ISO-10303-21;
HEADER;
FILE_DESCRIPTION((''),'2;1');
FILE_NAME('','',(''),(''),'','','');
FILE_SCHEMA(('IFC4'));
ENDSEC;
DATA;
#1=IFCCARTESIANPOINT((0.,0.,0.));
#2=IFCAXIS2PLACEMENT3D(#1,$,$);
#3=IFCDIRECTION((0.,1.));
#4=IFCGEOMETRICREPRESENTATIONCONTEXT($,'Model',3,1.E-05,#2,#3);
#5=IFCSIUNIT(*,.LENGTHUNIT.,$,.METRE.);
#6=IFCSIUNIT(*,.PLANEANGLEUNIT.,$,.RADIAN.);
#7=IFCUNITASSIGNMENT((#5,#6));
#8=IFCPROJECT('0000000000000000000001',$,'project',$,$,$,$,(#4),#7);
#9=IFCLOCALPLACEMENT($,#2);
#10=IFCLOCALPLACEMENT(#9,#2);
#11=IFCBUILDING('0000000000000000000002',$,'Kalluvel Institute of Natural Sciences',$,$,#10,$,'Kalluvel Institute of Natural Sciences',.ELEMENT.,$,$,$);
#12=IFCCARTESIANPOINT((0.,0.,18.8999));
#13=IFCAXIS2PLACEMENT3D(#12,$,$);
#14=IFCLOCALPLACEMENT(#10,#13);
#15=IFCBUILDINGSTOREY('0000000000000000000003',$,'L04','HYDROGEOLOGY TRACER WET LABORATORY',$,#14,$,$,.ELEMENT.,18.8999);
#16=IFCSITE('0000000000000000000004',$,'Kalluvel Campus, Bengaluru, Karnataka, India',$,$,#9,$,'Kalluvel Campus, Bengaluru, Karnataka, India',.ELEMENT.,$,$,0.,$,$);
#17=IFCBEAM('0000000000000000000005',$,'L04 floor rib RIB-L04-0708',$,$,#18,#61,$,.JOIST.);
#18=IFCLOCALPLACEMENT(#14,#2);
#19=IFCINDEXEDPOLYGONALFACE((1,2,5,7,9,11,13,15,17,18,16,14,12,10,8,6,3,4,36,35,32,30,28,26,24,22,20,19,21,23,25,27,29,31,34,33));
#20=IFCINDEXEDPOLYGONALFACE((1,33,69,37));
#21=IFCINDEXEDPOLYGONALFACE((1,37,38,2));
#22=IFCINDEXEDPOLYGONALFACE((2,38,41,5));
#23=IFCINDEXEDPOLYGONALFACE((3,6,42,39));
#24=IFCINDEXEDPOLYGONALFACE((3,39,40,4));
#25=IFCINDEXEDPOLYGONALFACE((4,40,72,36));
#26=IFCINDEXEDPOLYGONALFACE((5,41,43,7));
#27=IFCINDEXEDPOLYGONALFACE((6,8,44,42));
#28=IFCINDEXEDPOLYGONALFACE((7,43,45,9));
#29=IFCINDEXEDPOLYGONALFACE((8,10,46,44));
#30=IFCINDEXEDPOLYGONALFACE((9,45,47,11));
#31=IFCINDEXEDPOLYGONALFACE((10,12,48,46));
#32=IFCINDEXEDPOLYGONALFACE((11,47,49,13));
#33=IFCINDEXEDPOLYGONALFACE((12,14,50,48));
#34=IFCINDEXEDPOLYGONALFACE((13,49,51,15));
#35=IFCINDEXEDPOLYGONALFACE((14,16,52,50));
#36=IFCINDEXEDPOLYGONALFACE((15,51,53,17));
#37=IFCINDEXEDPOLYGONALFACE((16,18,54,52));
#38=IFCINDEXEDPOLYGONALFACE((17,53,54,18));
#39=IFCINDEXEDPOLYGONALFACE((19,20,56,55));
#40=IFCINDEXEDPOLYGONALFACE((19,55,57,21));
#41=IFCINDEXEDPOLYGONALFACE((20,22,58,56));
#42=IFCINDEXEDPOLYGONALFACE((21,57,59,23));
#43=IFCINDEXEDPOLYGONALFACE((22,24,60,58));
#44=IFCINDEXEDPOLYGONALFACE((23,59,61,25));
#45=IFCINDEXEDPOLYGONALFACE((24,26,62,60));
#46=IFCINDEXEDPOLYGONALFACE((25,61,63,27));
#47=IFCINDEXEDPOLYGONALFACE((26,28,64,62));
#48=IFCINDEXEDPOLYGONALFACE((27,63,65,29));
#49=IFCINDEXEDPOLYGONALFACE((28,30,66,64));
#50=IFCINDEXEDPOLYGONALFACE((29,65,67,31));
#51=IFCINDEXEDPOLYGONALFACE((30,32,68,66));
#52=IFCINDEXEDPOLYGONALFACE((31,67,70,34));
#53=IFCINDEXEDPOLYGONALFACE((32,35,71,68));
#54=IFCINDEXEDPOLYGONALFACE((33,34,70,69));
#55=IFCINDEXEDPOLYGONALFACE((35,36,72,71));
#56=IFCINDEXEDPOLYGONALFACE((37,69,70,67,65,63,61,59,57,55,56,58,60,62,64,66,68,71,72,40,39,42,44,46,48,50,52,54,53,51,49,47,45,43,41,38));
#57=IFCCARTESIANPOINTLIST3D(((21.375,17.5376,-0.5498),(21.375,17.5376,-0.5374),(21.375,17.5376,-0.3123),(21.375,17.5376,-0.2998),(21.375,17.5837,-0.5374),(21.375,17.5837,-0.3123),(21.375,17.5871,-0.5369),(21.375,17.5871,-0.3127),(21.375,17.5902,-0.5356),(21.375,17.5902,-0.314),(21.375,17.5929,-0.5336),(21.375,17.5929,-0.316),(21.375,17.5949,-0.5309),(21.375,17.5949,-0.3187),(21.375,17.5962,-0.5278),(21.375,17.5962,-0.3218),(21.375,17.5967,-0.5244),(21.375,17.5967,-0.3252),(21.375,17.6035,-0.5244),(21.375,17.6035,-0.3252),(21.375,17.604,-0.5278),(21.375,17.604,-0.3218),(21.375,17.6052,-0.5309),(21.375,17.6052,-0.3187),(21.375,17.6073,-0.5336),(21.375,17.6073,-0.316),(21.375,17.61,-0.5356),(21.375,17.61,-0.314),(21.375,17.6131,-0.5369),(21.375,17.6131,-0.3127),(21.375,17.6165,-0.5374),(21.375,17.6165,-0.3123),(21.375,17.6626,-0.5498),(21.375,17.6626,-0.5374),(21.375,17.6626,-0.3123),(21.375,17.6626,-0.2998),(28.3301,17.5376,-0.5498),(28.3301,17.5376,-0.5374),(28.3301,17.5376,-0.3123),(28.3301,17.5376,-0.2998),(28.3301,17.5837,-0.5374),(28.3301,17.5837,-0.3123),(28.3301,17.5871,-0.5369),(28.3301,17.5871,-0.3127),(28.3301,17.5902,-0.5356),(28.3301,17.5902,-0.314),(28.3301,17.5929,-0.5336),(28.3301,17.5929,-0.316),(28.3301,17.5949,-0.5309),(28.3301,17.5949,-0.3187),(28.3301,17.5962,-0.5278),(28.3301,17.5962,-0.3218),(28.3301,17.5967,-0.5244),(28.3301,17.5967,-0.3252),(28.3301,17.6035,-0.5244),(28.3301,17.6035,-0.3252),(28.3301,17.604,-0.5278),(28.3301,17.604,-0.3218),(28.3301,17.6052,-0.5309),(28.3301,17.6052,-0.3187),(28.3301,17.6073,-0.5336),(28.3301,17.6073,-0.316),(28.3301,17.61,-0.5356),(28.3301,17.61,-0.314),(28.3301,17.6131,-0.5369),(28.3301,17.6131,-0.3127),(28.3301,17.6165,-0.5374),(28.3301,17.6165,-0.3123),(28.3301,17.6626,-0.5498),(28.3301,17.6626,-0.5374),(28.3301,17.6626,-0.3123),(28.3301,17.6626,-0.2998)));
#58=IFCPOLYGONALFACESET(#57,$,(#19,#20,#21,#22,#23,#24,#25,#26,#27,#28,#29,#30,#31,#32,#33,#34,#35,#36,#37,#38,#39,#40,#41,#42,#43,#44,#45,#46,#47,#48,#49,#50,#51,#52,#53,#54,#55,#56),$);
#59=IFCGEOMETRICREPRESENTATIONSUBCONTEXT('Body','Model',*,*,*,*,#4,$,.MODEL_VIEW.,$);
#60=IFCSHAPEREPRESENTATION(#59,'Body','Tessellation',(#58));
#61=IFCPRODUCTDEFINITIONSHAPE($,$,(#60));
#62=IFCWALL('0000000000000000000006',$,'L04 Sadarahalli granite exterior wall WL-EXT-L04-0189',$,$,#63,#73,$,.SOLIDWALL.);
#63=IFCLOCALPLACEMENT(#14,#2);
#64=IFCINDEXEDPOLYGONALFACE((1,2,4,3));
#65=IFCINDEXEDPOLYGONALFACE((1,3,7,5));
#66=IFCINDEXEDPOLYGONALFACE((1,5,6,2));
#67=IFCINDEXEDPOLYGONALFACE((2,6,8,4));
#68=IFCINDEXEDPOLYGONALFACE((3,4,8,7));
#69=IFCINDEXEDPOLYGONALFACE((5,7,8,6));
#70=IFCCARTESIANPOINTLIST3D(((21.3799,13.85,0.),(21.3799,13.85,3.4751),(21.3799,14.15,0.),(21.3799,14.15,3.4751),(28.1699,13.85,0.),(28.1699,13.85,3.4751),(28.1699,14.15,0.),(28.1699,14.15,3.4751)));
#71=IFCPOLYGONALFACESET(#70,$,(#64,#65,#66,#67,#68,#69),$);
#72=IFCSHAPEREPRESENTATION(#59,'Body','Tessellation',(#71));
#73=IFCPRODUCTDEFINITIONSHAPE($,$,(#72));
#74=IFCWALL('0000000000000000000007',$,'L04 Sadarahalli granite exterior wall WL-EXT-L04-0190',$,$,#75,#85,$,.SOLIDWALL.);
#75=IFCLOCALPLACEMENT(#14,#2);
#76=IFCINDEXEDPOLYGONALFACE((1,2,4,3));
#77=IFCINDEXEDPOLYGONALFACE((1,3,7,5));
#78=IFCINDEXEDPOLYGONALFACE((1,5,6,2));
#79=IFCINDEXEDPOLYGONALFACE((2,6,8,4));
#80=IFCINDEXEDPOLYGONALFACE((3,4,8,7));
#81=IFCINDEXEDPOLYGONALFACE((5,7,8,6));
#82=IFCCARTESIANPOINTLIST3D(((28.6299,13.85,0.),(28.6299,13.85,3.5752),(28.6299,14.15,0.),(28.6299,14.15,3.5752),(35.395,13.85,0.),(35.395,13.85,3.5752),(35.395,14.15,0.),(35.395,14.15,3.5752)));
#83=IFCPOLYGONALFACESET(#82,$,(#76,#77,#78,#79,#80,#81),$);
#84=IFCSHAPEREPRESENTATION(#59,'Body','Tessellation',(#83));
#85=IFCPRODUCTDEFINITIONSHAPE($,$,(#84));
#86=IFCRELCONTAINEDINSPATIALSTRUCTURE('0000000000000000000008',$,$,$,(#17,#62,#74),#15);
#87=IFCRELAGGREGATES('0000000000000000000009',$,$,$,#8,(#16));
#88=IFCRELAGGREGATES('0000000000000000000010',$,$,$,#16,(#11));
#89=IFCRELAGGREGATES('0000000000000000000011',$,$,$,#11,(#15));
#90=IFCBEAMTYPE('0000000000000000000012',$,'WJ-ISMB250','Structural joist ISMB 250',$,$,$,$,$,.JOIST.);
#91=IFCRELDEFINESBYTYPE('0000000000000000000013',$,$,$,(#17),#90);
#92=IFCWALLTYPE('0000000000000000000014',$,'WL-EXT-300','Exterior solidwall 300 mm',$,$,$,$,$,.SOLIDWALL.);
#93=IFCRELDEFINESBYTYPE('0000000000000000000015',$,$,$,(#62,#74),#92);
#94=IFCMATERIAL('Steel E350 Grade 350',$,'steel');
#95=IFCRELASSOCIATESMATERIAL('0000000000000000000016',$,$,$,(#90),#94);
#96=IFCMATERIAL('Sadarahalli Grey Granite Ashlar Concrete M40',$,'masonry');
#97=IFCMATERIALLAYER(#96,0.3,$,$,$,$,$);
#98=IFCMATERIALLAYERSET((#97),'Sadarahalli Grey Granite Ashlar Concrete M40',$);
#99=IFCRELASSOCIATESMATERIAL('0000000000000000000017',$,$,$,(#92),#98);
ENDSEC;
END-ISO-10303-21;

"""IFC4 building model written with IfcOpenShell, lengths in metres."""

from ifc_helpers import new_model, si_unit, direction, frame, frame_2d, origin, origin_2d, place, context, subcontext, project, spatial, rectangle, i_section, extrude, material, layer, layer_set, material_profile, profile_set, type_object, element, save


model = new_model("IFC4")

# Units and contexts
model_context = context("Model", 3, precision=1e-05, world=origin(), true_north=direction((0.0, 1.0)))
body_context = subcontext(model_context, "Body", "Model", "MODEL_VIEW")
ifc_project = project(units=[si_unit("LENGTHUNIT", "METRE"), si_unit("PLANEANGLEUNIT", "RADIAN")], contexts=[model_context])

# Site, building, storey
site_placement = place(None, origin())
site = spatial("IfcSite", under=ifc_project, at=site_placement, Name="Kalluvel Campus, Bengaluru, Karnataka, India", LongName="Kalluvel Campus, Bengaluru, Karnataka, India", CompositionType="ELEMENT", RefElevation=0.0)
building_placement = place(site_placement, origin())
building = spatial("IfcBuilding", under=site, at=building_placement, Name="Kalluvel Institute of Natural Sciences", LongName="Kalluvel Institute of Natural Sciences", CompositionType="ELEMENT")
storey_placement = place(building_placement, frame((0.0, 0.0, 18.8999)))
storey = spatial("IfcBuildingStorey", under=building, at=storey_placement, Name="L04", Description="HYDROGEOLOGY TRACER WET LABORATORY", CompositionType="ELEMENT", Elevation=18.8999)

# Beam
ifc_material_1 = material(Name="Steel E350 Grade 350", Category="steel")
ifc_material_profile_1 = material_profile(ifc_material_1, i_section(OverallWidth=0.125, OverallDepth=0.25, WebThickness=0.0068, FlangeThickness=0.0125, FilletRadius=0.0129, at=origin_2d()), Name="ISMB 250")
ifc_profile_set_1 = profile_set([ifc_material_profile_1], Name="Steel E350 Grade 350")
beam_type_1 = type_object("IfcBeamType", Name="WJ-ISMB250", Description="Structural joist ISMB 250", PredefinedType="JOIST", material=ifc_profile_set_1)
beam_1_placement = place(storey_placement, frame((21.375, 17.6001, -0.4248), z_axis=(1.0, 0.0, 0.0), x_axis=(0.0, 1.0, 0.0)))
element("IfcBeam", 1, at=beam_1_placement, inside=storey, type_object=beam_type_1, Name="L04 floor rib RIB-L04-0708", PredefinedType="JOIST", context=body_context, shape_type="SweptSolid", body=[
    extrude(i_section(OverallWidth=0.125, OverallDepth=0.25, WebThickness=0.0068, FlangeThickness=0.0125, FilletRadius=0.0129, at=origin_2d()), origin(), (0.0, 0.0, 1.0), 6.9551),
])

# Walls
ifc_material_2 = material(Name="Sadarahalli Grey Granite Ashlar Concrete M40", Category="masonry")
ifc_layer_1 = layer(ifc_material_2, 0.3)
ifc_layer_set_1 = layer_set([ifc_layer_1], Name="Sadarahalli Grey Granite Ashlar Concrete M40")
wall_type_1 = type_object("IfcWallType", Name="WL-EXT-300", Description="Exterior solidwall 300 mm", PredefinedType="SOLIDWALL", material=ifc_layer_set_1)
wall_1_placement = place(storey_placement, frame((21.3799, 14.0, 0.0), z_axis=(0.0, 0.0, 1.0), x_axis=(1.0, 0.0, 0.0)))
element("IfcWall", 2, at=wall_1_placement, inside=storey, type_object=wall_type_1, Name="L04 Sadarahalli granite exterior wall WL-EXT-L04-0189", PredefinedType="SOLIDWALL", context=body_context, shape_type="SweptSolid", body=[
    extrude(rectangle(XDim=6.79, YDim=0.3, at=frame_2d((3.395, 0.0))), origin(), (0.0, 0.0, 1.0), 3.4751),
])
wall_2_placement = place(storey_placement, frame((28.6299, 14.0, 0.0), z_axis=(0.0, 0.0, 1.0), x_axis=(1.0, 0.0, 0.0)))
element("IfcWall", 3, at=wall_2_placement, inside=storey, type_object=wall_type_1, Name="L04 Sadarahalli granite exterior wall WL-EXT-L04-0190", PredefinedType="SOLIDWALL", context=body_context, shape_type="SweptSolid", body=[
    extrude(rectangle(XDim=6.7651, YDim=0.3, at=frame_2d((3.3826, 0.0))), origin(), (0.0, 0.0, 1.0), 3.5752),
])

save(model, "model.ifc")
